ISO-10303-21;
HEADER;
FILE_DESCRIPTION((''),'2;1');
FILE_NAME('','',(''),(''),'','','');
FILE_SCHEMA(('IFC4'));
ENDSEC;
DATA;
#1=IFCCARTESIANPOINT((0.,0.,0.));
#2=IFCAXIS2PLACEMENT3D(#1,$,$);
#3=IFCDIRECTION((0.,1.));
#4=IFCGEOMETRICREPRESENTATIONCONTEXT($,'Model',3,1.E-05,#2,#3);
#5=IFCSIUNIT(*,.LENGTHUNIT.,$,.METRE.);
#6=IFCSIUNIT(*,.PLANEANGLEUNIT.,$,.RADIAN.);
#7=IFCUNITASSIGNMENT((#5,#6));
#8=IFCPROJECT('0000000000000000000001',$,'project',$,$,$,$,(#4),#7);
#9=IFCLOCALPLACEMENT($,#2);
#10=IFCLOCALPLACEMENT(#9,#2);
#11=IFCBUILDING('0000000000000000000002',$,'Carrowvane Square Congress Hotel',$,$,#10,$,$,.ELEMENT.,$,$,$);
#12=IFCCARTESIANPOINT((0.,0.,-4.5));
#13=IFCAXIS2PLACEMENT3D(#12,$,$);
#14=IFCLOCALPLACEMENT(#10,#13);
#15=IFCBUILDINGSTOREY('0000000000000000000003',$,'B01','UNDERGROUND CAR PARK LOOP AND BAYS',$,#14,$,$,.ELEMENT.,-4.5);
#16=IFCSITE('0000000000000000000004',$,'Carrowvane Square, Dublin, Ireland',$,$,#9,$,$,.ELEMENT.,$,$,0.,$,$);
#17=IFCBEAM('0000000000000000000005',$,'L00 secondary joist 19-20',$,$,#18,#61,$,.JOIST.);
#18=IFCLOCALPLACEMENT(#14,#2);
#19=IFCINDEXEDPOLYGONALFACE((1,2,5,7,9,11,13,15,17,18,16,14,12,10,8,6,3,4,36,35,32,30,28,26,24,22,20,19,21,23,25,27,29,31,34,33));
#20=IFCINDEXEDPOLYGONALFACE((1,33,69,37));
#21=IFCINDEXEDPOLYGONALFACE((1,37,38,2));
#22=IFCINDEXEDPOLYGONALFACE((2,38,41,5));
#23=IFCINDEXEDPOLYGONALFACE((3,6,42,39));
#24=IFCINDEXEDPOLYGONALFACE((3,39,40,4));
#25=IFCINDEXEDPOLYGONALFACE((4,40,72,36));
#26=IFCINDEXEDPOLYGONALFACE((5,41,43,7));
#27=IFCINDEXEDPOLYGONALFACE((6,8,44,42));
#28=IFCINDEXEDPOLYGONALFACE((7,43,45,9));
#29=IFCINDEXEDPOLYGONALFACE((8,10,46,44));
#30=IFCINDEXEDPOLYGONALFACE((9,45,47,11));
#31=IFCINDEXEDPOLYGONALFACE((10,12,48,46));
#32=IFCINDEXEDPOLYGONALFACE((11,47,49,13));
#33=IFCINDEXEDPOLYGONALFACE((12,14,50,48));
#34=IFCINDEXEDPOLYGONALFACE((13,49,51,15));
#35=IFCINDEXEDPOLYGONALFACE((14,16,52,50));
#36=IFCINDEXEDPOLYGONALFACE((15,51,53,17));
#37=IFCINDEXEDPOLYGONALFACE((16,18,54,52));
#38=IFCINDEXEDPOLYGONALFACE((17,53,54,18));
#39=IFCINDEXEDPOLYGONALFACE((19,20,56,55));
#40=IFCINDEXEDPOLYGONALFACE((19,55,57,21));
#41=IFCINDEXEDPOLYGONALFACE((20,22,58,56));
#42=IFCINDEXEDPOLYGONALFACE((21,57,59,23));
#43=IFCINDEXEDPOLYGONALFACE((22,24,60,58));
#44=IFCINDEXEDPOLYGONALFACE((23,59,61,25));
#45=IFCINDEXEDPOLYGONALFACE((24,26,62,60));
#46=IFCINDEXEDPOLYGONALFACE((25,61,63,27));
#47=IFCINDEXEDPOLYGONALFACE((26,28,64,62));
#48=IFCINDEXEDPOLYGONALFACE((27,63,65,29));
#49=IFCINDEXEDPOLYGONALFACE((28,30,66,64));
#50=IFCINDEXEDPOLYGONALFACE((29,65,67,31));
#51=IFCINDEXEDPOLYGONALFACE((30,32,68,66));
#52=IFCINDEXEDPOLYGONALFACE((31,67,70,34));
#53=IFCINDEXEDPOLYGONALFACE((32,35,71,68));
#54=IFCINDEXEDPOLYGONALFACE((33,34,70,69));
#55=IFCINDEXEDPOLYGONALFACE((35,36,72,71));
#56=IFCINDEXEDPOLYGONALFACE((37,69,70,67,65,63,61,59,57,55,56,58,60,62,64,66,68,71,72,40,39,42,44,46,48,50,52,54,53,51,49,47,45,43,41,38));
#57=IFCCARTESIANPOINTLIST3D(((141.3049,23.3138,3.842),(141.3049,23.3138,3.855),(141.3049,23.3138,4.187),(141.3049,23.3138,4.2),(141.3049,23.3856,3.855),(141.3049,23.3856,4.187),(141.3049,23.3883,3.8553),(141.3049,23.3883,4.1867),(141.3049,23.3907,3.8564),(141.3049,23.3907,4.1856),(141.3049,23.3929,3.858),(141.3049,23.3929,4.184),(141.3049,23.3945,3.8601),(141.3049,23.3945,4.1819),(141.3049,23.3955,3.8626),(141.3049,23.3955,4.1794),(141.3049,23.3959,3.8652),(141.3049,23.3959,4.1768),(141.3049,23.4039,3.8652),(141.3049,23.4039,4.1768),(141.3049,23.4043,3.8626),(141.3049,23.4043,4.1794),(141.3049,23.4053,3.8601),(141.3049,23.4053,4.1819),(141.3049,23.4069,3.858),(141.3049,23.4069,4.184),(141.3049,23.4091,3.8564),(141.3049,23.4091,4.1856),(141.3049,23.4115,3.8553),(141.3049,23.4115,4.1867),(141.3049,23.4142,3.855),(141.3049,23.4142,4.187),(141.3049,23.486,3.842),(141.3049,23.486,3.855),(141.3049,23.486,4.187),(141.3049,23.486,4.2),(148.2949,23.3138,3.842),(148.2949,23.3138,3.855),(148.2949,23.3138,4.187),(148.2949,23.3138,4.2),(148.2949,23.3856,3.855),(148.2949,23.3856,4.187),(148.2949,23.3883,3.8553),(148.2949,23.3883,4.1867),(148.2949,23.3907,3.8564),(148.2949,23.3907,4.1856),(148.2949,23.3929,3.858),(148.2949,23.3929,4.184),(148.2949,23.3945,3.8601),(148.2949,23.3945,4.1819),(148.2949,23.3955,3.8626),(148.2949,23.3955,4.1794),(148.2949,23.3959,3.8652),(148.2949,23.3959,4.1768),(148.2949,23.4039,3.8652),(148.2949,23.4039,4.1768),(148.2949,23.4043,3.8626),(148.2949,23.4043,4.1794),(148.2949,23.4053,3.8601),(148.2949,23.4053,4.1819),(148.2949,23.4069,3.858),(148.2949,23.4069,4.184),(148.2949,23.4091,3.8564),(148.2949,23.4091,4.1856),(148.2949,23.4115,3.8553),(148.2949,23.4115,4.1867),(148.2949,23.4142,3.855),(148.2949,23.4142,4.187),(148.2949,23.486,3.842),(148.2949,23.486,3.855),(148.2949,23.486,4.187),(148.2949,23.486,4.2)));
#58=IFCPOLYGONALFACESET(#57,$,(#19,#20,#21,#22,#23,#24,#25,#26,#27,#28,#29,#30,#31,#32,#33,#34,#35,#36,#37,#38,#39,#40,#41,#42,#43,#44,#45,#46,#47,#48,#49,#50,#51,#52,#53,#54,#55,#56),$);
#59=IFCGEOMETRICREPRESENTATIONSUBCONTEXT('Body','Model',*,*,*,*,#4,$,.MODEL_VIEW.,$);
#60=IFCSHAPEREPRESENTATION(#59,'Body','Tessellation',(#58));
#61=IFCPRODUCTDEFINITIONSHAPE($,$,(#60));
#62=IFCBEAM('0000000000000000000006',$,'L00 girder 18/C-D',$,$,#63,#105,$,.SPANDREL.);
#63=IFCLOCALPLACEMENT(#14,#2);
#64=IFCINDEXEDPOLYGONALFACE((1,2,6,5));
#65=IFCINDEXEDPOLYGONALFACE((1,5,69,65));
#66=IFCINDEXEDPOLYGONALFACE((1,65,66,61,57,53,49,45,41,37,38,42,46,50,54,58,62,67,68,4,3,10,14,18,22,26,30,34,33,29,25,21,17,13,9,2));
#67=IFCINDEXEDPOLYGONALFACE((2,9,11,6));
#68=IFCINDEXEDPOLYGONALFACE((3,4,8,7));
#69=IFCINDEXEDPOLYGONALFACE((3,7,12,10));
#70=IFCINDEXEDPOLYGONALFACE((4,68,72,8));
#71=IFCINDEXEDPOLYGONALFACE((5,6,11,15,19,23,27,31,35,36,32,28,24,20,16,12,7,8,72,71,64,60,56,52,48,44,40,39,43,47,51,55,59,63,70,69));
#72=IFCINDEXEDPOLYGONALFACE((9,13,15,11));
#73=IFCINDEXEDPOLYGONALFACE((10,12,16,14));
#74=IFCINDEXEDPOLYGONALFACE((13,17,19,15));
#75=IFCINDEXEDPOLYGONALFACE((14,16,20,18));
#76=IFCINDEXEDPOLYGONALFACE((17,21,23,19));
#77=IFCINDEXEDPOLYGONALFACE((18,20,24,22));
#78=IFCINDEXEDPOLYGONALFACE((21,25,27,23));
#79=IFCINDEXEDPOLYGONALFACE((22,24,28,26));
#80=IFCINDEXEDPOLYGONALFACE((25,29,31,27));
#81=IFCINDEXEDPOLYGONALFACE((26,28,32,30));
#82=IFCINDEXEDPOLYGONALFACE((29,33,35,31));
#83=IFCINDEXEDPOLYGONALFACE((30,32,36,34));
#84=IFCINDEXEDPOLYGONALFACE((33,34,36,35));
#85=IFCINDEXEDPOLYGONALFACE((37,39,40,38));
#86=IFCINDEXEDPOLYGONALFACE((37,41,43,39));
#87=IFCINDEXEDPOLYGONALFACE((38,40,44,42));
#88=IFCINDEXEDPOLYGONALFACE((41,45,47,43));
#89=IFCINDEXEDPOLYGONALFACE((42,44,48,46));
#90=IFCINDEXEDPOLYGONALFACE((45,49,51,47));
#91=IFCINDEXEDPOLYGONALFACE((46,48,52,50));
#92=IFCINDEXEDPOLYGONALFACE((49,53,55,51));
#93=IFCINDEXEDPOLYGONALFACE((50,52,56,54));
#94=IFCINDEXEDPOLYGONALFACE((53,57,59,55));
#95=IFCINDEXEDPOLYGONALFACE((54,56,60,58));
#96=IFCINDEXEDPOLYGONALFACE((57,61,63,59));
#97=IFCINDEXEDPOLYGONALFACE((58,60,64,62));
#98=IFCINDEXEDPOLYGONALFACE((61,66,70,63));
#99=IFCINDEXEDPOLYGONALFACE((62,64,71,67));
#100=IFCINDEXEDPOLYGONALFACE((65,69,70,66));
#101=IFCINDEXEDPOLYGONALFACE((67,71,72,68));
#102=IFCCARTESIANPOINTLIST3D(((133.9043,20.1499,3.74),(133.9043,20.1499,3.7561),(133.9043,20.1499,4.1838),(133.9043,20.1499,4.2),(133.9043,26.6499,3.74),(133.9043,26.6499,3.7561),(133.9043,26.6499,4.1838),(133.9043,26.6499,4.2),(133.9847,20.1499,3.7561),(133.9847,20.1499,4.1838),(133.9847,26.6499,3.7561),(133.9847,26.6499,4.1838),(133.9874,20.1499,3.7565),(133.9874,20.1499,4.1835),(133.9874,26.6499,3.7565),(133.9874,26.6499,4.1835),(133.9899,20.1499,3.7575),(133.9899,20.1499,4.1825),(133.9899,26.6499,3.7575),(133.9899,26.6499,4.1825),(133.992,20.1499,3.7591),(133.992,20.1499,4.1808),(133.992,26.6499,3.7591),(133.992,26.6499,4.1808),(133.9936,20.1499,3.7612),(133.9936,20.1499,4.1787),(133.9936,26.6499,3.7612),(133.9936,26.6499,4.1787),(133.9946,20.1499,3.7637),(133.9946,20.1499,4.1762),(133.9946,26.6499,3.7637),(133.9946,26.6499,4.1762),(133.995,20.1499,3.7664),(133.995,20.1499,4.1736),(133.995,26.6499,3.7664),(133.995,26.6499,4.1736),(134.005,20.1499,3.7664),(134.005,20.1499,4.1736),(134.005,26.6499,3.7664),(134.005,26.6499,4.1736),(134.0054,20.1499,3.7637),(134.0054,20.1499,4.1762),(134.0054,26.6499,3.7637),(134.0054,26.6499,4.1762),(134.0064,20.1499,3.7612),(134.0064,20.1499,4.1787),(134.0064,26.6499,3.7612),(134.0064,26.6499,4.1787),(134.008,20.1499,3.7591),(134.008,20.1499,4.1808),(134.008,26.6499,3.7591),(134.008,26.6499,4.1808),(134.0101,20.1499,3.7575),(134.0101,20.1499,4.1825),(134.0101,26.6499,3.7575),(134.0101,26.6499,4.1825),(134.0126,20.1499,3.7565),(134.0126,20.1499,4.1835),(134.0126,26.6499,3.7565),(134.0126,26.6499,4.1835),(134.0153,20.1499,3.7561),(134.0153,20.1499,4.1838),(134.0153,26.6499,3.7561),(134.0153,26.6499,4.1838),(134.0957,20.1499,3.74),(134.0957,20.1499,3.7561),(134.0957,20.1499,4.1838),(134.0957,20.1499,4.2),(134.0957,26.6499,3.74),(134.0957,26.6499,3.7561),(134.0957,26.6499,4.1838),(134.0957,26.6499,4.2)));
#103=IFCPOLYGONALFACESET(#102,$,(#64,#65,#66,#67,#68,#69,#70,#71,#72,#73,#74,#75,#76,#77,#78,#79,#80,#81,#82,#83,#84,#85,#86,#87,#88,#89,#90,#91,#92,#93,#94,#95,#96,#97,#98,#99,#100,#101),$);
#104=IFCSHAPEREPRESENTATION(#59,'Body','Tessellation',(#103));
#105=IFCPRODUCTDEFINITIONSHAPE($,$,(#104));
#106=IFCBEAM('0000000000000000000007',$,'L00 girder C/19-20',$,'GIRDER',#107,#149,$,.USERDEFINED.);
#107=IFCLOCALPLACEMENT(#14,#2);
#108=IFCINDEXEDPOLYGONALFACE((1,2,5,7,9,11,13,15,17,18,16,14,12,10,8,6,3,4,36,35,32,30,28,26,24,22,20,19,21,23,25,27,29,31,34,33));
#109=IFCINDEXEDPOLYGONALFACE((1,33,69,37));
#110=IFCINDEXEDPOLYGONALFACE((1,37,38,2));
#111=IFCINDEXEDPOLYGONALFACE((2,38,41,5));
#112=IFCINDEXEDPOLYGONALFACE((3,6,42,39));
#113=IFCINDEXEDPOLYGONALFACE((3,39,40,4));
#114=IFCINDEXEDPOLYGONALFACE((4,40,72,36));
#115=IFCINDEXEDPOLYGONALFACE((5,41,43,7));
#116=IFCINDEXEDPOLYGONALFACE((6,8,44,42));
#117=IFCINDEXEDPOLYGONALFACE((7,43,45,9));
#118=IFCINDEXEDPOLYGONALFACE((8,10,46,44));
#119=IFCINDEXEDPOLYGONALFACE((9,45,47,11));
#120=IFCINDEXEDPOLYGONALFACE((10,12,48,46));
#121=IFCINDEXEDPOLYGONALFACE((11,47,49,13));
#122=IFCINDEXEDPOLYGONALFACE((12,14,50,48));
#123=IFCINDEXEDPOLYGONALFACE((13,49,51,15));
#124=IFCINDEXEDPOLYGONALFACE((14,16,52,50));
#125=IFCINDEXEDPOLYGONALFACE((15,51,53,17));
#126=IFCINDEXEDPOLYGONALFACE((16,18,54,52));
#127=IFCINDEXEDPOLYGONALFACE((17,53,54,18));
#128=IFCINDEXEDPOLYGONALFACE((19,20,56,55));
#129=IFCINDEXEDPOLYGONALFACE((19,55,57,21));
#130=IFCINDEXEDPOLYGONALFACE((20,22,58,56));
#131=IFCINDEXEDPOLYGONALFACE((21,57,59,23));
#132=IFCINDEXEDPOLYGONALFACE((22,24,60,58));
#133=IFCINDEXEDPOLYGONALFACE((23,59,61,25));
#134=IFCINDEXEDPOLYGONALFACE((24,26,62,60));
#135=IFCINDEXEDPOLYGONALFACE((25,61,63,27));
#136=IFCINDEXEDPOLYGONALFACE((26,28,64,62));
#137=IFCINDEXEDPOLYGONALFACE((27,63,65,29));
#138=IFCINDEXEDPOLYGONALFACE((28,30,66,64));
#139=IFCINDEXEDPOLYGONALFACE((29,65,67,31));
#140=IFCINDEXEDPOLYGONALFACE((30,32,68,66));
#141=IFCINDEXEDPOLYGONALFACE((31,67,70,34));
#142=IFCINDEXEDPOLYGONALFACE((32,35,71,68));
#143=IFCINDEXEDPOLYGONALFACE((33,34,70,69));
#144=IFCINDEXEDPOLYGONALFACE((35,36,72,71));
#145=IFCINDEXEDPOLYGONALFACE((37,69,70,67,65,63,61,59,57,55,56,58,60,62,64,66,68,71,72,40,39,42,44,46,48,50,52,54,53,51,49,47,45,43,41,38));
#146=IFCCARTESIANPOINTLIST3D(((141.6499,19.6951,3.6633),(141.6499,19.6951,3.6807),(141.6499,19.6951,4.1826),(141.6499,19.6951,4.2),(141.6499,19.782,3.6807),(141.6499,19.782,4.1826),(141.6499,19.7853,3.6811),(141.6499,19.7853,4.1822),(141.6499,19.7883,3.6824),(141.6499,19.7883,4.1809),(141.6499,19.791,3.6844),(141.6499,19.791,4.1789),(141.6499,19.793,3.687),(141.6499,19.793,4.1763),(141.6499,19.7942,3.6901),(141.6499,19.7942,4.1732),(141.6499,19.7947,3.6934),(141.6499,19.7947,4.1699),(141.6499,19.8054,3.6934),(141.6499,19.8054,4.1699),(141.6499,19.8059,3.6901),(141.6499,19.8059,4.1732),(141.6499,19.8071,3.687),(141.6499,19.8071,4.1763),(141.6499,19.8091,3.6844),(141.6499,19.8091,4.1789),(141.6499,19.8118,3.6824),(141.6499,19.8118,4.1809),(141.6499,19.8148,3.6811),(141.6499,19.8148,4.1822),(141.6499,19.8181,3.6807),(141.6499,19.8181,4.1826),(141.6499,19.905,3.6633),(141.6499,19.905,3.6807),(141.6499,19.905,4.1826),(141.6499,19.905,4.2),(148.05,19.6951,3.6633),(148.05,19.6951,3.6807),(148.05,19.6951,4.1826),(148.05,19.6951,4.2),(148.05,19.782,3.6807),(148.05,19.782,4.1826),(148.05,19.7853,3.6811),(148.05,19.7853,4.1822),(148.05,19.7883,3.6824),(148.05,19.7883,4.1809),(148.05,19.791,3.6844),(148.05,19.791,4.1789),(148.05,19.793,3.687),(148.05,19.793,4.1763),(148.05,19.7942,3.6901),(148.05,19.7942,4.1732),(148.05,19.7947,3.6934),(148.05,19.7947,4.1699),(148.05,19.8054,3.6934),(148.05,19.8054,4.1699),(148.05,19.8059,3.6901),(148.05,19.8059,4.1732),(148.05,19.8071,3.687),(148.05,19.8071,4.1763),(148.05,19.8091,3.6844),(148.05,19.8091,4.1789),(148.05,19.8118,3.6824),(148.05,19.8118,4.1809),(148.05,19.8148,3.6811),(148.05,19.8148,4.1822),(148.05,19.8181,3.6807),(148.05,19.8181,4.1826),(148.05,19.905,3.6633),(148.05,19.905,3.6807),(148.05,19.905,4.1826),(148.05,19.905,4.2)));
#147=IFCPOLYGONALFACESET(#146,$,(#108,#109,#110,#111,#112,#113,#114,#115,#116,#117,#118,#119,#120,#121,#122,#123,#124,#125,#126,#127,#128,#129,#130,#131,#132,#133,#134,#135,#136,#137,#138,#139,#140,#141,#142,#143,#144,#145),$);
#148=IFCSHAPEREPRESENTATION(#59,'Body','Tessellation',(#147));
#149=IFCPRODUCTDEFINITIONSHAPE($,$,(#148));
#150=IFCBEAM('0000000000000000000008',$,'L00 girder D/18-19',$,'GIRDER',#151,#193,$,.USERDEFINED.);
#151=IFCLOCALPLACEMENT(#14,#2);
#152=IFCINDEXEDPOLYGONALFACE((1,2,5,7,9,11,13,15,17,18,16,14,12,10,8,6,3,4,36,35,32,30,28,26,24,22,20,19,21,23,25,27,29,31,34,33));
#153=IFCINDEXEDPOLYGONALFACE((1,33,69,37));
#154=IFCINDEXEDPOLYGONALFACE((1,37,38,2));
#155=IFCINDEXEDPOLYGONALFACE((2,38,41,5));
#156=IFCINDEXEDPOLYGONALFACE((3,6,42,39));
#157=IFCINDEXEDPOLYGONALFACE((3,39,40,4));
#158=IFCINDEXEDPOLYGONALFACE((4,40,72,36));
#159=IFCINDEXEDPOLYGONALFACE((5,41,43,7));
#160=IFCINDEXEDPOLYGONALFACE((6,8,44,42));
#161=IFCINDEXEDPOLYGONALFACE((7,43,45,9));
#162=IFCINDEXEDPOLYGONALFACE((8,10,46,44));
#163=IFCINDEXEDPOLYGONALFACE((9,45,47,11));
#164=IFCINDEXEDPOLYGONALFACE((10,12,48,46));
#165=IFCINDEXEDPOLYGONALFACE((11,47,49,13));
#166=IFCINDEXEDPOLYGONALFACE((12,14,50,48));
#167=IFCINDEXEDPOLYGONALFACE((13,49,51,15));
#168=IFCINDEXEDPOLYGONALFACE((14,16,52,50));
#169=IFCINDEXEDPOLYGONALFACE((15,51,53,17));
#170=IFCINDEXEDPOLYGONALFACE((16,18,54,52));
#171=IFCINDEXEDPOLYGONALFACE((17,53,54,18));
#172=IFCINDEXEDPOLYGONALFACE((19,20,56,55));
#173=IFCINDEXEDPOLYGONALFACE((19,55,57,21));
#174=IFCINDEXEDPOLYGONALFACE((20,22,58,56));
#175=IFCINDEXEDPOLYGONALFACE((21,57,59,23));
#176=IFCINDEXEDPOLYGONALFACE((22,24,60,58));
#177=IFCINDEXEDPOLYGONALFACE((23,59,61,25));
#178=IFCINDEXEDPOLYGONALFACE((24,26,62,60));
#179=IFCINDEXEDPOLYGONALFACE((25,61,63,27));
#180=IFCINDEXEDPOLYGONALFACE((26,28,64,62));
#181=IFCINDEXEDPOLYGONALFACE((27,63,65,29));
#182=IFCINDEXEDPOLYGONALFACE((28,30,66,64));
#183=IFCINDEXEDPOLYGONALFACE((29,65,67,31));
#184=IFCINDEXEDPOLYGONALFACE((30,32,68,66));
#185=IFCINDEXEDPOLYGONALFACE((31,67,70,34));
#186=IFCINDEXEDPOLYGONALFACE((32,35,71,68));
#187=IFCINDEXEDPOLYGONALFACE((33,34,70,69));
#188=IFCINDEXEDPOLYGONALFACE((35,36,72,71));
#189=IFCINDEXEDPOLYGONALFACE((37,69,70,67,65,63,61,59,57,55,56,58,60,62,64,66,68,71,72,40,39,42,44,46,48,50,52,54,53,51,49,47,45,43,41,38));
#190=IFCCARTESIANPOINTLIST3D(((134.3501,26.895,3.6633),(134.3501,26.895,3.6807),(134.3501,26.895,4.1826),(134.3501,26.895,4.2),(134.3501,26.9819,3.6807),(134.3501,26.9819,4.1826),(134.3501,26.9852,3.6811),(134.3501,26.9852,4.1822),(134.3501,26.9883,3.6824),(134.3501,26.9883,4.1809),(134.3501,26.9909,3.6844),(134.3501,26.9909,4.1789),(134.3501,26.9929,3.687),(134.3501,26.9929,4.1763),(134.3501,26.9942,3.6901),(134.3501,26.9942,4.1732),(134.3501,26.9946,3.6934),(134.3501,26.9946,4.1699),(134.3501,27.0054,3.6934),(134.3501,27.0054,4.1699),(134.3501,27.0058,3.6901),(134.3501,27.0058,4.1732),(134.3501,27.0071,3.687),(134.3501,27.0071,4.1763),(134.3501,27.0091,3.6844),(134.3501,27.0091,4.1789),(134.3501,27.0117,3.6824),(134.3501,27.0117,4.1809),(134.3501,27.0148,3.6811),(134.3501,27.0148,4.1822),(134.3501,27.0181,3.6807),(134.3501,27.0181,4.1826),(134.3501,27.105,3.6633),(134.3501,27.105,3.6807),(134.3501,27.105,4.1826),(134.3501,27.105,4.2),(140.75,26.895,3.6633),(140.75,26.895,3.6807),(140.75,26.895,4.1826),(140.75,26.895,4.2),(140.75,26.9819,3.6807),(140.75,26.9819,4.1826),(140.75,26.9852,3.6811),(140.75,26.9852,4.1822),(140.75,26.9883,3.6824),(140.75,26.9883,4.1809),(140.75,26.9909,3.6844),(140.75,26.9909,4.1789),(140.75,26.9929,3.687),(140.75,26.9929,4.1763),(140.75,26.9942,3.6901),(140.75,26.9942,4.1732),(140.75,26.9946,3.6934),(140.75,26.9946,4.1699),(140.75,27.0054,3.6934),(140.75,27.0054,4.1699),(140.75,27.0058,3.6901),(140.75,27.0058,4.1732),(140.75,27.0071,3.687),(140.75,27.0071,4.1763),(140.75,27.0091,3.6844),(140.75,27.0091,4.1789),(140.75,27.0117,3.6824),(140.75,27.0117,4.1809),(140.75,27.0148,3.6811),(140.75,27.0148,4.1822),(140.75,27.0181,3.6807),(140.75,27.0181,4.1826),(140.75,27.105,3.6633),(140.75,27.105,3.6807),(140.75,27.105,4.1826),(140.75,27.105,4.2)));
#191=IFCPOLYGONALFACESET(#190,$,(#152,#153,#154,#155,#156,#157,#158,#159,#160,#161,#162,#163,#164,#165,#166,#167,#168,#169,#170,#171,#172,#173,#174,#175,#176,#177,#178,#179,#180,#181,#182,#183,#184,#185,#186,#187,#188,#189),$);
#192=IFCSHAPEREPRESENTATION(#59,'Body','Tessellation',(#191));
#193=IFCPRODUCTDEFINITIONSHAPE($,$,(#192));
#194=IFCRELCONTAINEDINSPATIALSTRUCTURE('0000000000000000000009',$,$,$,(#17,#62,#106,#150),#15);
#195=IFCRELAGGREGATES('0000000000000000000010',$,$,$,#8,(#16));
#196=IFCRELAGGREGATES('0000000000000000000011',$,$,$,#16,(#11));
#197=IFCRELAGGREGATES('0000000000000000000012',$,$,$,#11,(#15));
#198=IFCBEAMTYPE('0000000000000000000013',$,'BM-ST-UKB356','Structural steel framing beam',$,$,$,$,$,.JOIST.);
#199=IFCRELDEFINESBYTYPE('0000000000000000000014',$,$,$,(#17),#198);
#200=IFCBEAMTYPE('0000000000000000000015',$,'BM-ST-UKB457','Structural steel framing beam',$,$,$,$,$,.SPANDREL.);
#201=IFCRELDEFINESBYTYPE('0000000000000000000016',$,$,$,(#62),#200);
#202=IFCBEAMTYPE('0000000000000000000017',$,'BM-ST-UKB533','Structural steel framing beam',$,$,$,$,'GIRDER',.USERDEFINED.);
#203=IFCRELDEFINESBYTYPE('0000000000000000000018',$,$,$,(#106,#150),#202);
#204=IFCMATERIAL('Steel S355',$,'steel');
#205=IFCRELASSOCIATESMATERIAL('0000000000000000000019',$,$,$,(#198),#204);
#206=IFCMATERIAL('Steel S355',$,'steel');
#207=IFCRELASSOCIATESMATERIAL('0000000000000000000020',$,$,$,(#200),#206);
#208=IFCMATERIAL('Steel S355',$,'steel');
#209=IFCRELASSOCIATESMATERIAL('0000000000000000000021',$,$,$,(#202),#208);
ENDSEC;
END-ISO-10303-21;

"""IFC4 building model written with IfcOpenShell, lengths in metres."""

from ifc_helpers import new_model, si_unit, direction, frame, origin, origin_2d, place, context, subcontext, project, spatial, i_section, extrude, material, material_profile, profile_set, type_object, element, save


model = new_model("IFC4")

# Units and contexts
model_context = context("Model", 3, precision=1e-05, world=origin(), true_north=direction((0.0, 1.0)))
body_context = subcontext(model_context, "Body", "Model", "MODEL_VIEW")
ifc_project = project(units=[si_unit("LENGTHUNIT", "METRE"), si_unit("PLANEANGLEUNIT", "RADIAN")], contexts=[model_context])

# Site, building, storey
site_placement = place(None, origin())
site = spatial("IfcSite", under=ifc_project, at=site_placement, Name="Carrowvane Square, Dublin, Ireland", CompositionType="ELEMENT", RefElevation=0.0)
building_placement = place(site_placement, origin())
building = spatial("IfcBuilding", under=site, at=building_placement, Name="Carrowvane Square Congress Hotel", CompositionType="ELEMENT")
storey_placement = place(building_placement, frame((0.0, 0.0, -4.5)))
storey = spatial("IfcBuildingStorey", under=building, at=storey_placement, Name="B01", Description="UNDERGROUND CAR PARK LOOP AND BAYS", CompositionType="ELEMENT", Elevation=-4.5)

# Beams
ifc_material_1 = material(Name="Steel S355", Category="steel")
ifc_material_profile_1 = material_profile(ifc_material_1, i_section(OverallWidth=0.1721, OverallDepth=0.3579, WebThickness=0.0081, FlangeThickness=0.0129, FilletRadius=0.0103, at=origin_2d()), Name="UKB 356x171x57")
ifc_profile_set_1 = profile_set([ifc_material_profile_1], Name="Steel S355")
beam_type_1 = type_object("IfcBeamType", Name="BM-ST-UKB356", Description="Structural steel framing beam", PredefinedType="JOIST", material=ifc_profile_set_1)
beam_1_placement = place(storey_placement, frame((141.3049, 23.3999, 4.021), z_axis=(1.0, 0.0, 0.0), x_axis=(0.0, 1.0, 0.0)))
element("IfcBeam", 1, at=beam_1_placement, inside=storey, type_object=beam_type_1, Name="L00 secondary joist 19-20", PredefinedType="JOIST", context=body_context, shape_type="SweptSolid", body=[
    extrude(i_section(OverallWidth=0.1721, OverallDepth=0.3579, WebThickness=0.0081, FlangeThickness=0.0129, FilletRadius=0.0103, at=origin_2d()), origin(), (0.0, 0.0, 1.0), 6.99),
])
ifc_material_2 = material(Name="Steel S355", Category="steel")
ifc_material_profile_2 = material_profile(ifc_material_2, i_section(OverallWidth=0.1914, OverallDepth=0.46, WebThickness=0.01, FlangeThickness=0.0161, FilletRadius=0.0103, at=origin_2d()), Name="UKB 457x191x82")
ifc_profile_set_2 = profile_set([ifc_material_profile_2], Name="Steel S355")
beam_type_2 = type_object("IfcBeamType", Name="BM-ST-UKB457", Description="Structural steel framing beam", PredefinedType="SPANDREL", material=ifc_profile_set_2)
beam_2_placement = place(storey_placement, frame((134.0, 20.1499, 3.97), z_axis=(0.0, 1.0, 0.0), x_axis=(-1.0, 0.0, 0.0)))
element("IfcBeam", 2, at=beam_2_placement, inside=storey, type_object=beam_type_2, Name="L00 girder 18/C-D", PredefinedType="SPANDREL", context=body_context, shape_type="SweptSolid", body=[
    extrude(i_section(OverallWidth=0.1914, OverallDepth=0.46, WebThickness=0.01, FlangeThickness=0.0161, FilletRadius=0.0103, at=origin_2d()), origin(), (0.0, 0.0, 1.0), 6.5),
])
ifc_material_3 = material(Name="Steel S355", Category="steel")
ifc_material_profile_3 = material_profile(ifc_material_3, i_section(OverallWidth=0.21, OverallDepth=0.5366, WebThickness=0.0107, FlangeThickness=0.0173, FilletRadius=0.0127, at=origin_2d()), Name="UKB 533x210x101")
ifc_profile_set_3 = profile_set([ifc_material_profile_3], Name="Steel S355")
beam_type_3 = type_object("IfcBeamType", Name="BM-ST-UKB533", Description="Structural steel framing beam", ElementType="GIRDER", PredefinedType="USERDEFINED", material=ifc_profile_set_3)
beam_3_placement = place(storey_placement, frame((141.6499, 19.8, 3.9316), z_axis=(1.0, 0.0, 0.0), x_axis=(0.0, 1.0, 0.0)))
element("IfcBeam", 3, at=beam_3_placement, inside=storey, type_object=beam_type_3, Name="L00 girder C/19-20", ObjectType="GIRDER", PredefinedType="USERDEFINED", context=body_context, shape_type="SweptSolid", body=[
    extrude(i_section(OverallWidth=0.21, OverallDepth=0.5366, WebThickness=0.0107, FlangeThickness=0.0173, FilletRadius=0.0127, at=origin_2d()), origin(), (0.0, 0.0, 1.0), 6.4001),
])
beam_4_placement = place(storey_placement, frame((134.3501, 27.0, 3.9316), z_axis=(1.0, 0.0, 0.0), x_axis=(0.0, 1.0, 0.0)))
element("IfcBeam", 4, at=beam_4_placement, inside=storey, type_object=beam_type_3, Name="L00 girder D/18-19", ObjectType="GIRDER", PredefinedType="USERDEFINED", context=body_context, shape_type="SweptSolid", body=[
    extrude(i_section(OverallWidth=0.21, OverallDepth=0.5366, WebThickness=0.0107, FlangeThickness=0.0173, FilletRadius=0.0127, at=origin_2d()), origin(), (0.0, 0.0, 1.0), 6.3999),
])

save(model, "model.ifc")
